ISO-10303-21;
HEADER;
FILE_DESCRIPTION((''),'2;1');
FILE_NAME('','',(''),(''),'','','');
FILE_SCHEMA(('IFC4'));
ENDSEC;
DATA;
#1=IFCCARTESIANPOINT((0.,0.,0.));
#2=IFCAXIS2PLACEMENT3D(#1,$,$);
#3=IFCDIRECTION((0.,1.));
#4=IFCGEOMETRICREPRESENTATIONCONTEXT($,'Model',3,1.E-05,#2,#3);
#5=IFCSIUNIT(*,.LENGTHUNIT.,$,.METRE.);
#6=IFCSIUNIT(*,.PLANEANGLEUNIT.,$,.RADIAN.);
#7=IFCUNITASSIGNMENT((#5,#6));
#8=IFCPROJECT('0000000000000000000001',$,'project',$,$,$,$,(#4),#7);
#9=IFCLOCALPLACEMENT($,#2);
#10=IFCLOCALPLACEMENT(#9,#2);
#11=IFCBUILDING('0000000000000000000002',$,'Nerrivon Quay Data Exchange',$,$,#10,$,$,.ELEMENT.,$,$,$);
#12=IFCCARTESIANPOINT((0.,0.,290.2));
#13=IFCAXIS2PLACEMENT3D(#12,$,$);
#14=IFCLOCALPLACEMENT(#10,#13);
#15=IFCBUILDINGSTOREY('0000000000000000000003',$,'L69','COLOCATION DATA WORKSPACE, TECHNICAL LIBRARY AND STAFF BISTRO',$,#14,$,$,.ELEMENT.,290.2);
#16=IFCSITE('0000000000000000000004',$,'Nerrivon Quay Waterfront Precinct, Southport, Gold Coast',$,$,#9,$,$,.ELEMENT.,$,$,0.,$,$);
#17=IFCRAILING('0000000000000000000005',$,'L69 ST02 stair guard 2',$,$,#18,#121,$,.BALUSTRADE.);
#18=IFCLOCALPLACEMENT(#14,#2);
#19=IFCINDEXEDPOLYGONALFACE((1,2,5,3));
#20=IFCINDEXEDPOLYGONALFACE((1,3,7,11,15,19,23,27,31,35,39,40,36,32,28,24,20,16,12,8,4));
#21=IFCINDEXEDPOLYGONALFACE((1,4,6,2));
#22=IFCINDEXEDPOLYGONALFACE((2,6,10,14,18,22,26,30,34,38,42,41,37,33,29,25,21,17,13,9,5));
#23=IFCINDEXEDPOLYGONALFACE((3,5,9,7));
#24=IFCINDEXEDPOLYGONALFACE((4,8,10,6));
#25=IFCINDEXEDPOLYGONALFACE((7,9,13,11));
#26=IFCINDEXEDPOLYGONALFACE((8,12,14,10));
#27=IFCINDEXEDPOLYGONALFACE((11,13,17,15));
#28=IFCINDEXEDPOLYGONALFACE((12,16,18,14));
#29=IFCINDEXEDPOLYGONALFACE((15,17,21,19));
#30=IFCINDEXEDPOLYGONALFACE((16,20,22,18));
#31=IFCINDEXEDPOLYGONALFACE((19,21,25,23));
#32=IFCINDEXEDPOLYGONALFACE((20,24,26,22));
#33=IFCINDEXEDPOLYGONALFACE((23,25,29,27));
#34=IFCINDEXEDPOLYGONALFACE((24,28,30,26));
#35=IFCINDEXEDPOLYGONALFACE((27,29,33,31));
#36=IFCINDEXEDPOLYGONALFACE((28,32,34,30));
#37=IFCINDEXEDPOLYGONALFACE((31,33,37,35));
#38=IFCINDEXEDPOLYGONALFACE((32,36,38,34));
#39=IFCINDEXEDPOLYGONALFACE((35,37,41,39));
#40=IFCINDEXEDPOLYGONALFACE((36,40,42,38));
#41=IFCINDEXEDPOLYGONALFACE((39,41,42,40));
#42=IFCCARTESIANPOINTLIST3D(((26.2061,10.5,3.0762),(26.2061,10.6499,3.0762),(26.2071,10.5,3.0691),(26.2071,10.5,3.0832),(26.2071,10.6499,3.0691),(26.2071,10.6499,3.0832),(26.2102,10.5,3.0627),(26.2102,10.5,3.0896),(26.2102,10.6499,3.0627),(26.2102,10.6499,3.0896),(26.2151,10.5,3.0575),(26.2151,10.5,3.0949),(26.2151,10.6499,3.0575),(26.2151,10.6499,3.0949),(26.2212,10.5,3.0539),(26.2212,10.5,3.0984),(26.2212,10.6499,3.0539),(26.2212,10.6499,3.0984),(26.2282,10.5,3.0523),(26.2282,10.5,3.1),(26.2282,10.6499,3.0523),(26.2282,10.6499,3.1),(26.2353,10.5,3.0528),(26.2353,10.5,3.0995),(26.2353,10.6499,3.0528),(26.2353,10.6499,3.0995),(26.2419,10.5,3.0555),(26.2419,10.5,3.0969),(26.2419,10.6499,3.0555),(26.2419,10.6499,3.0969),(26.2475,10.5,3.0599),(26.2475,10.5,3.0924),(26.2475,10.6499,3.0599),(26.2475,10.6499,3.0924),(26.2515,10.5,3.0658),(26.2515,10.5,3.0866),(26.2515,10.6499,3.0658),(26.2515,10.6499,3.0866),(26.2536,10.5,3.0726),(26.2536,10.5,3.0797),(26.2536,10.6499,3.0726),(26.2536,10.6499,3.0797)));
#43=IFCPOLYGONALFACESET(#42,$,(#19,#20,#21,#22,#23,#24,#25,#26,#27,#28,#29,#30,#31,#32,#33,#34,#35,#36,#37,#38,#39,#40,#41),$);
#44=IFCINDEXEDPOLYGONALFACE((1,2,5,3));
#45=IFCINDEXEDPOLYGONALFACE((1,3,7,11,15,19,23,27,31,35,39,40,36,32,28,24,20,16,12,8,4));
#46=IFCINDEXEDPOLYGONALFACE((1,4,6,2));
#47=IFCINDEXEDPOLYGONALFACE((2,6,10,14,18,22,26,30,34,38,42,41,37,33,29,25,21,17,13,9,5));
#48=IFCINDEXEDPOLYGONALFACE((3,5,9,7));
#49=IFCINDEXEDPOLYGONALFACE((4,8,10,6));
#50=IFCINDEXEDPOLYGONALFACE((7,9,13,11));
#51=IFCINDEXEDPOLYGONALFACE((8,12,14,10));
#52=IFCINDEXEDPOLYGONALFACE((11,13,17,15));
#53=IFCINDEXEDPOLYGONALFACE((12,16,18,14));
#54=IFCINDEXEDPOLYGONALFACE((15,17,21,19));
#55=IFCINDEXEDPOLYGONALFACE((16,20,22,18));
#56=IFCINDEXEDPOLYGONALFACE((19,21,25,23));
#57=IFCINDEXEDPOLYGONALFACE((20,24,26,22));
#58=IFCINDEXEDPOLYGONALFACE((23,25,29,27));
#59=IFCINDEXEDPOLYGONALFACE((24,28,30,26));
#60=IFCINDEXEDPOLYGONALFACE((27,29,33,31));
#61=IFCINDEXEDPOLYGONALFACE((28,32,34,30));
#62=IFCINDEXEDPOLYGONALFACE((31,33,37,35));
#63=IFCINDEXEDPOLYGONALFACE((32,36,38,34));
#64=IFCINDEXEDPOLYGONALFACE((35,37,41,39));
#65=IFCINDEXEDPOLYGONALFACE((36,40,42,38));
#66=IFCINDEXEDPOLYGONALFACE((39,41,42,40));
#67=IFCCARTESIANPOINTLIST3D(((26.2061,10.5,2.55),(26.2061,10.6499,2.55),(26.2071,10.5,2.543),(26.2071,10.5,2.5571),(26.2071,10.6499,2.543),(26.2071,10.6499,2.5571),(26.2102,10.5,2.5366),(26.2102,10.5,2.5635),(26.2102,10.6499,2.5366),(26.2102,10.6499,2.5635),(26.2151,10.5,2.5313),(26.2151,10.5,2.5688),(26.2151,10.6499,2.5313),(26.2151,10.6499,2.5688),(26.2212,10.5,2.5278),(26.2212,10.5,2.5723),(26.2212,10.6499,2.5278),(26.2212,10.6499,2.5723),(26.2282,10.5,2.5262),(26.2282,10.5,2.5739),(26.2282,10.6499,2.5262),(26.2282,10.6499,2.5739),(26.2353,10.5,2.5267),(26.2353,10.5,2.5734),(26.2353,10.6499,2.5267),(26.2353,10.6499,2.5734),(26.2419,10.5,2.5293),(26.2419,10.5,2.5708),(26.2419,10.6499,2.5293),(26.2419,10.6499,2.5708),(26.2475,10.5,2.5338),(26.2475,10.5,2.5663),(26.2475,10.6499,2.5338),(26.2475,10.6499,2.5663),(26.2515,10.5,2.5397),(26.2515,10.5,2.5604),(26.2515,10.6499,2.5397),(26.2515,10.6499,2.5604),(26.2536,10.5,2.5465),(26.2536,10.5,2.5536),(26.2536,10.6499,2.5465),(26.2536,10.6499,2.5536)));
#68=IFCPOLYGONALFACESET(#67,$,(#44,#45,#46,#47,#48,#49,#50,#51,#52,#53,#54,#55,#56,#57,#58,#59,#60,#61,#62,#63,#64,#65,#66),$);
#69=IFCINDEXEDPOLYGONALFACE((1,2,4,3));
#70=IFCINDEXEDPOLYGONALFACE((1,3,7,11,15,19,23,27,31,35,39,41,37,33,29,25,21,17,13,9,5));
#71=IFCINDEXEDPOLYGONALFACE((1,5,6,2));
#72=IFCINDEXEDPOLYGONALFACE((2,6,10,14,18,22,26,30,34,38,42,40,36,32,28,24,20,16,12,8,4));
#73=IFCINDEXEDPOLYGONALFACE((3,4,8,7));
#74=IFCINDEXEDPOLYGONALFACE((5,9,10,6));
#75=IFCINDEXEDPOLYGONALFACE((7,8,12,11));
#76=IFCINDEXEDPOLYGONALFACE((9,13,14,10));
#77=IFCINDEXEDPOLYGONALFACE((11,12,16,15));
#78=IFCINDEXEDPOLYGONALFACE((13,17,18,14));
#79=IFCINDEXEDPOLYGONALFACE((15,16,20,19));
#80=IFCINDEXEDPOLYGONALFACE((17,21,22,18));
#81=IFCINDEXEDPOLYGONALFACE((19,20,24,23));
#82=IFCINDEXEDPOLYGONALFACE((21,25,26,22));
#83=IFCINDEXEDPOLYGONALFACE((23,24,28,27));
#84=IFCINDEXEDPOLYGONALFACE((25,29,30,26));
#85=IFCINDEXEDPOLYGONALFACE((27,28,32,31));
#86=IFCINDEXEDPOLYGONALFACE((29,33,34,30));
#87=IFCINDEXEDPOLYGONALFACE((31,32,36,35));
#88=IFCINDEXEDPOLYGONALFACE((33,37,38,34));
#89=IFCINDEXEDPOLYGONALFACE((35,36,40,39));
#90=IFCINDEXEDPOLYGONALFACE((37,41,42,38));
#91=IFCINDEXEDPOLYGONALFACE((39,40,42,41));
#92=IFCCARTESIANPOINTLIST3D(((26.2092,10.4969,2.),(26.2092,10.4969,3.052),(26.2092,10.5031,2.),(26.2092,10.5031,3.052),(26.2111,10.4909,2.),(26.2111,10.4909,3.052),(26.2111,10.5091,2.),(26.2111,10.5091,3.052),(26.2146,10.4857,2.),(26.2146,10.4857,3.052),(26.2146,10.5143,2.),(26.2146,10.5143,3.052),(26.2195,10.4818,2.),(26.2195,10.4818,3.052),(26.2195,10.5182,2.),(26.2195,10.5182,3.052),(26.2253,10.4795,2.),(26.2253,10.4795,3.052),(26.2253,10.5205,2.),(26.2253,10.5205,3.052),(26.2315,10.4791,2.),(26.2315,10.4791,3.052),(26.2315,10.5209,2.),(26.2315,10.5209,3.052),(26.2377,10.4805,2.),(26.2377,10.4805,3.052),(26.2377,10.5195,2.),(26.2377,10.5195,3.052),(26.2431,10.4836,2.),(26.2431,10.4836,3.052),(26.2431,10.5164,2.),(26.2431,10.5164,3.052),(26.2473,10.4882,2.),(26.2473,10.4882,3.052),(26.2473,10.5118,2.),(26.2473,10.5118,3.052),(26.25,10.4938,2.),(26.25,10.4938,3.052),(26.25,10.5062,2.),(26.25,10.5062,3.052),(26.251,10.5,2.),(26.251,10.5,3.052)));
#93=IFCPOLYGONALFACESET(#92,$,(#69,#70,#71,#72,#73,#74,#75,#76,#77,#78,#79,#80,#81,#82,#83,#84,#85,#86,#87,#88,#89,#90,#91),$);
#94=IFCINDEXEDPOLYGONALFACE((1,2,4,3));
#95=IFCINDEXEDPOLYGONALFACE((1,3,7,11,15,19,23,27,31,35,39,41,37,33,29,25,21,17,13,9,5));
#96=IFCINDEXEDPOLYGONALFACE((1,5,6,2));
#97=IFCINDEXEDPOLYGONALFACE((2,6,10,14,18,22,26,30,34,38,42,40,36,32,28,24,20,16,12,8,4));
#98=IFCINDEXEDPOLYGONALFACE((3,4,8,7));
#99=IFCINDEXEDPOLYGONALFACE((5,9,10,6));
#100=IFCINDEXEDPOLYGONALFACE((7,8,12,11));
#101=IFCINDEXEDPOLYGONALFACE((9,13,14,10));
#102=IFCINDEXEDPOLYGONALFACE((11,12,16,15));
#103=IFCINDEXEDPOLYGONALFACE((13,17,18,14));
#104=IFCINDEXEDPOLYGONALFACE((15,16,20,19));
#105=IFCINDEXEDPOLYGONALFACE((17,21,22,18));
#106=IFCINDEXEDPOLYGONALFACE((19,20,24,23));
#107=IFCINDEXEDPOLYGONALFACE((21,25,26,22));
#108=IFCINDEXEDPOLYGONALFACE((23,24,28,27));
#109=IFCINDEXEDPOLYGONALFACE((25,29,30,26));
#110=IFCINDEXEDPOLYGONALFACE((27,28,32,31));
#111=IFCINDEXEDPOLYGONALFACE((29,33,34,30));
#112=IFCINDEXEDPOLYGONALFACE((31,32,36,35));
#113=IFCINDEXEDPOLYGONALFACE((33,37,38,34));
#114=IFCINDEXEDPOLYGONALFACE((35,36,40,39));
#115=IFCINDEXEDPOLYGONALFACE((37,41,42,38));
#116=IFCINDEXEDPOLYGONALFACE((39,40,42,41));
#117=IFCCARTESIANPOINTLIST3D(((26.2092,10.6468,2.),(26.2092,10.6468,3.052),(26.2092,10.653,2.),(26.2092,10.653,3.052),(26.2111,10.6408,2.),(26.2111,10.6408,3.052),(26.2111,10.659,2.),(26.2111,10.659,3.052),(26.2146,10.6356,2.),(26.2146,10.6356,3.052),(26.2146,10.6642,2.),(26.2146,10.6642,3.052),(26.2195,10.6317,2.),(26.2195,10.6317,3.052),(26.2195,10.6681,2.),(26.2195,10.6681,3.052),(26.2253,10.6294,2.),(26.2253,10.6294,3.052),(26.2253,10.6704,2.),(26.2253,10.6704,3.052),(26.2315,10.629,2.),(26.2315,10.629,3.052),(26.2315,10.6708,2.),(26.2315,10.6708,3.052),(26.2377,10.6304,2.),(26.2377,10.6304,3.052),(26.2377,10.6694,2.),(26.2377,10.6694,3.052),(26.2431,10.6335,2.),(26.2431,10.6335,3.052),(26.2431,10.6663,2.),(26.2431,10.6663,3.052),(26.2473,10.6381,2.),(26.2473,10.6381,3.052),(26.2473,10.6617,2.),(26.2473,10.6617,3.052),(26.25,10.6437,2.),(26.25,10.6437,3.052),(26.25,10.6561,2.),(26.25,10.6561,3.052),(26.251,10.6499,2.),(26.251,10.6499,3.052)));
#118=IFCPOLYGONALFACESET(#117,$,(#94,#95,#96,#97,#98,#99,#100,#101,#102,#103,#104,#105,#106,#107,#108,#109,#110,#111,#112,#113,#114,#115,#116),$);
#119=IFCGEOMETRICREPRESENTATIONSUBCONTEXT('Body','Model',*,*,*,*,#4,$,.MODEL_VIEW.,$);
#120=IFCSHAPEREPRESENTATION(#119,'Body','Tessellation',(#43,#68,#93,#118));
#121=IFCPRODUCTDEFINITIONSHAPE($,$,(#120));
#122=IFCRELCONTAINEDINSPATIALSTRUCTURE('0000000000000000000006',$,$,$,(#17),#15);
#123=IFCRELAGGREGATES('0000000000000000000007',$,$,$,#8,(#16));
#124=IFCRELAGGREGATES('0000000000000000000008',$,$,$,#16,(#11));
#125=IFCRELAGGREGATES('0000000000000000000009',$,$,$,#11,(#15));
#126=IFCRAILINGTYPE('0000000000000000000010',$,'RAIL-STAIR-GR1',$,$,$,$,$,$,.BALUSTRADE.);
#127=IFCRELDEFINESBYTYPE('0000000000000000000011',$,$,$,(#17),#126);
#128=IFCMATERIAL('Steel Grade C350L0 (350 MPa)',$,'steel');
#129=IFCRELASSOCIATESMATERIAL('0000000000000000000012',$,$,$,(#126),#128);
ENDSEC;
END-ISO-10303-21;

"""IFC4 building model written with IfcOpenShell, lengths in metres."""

from ifc_helpers import new_model, si_unit, direction, frame, origin, origin_2d, place, context, subcontext, project, spatial, circle, extrude, material, type_object, element, save


model = new_model("IFC4")

# Units and contexts
model_context = context("Model", 3, precision=1e-05, world=origin(), true_north=direction((0.0, 1.0)))
body_context = subcontext(model_context, "Body", "Model", "MODEL_VIEW")
ifc_project = project(units=[si_unit("LENGTHUNIT", "METRE"), si_unit("PLANEANGLEUNIT", "RADIAN")], contexts=[model_context])

# Site, building, storey
site_placement = place(None, origin())
site = spatial("IfcSite", under=ifc_project, at=site_placement, Name="Nerrivon Quay Waterfront Precinct, Southport, Gold Coast", CompositionType="ELEMENT", RefElevation=0.0)
building_placement = place(site_placement, origin())
building = spatial("IfcBuilding", under=site, at=building_placement, Name="Nerrivon Quay Data Exchange", CompositionType="ELEMENT")
storey_placement = place(building_placement, frame((0.0, 0.0, 290.2)))
storey = spatial("IfcBuildingStorey", under=building, at=storey_placement, Name="L69", Description="COLOCATION DATA WORKSPACE, TECHNICAL LIBRARY AND STAFF BISTRO", CompositionType="ELEMENT", Elevation=290.2)

# Shared definitions
ifc_material_1 = material(Name="Steel Grade C350L0 (350 MPa)", Category="steel")

# Railing
railing_type_1 = type_object("IfcRailingType", Name="RAIL-STAIR-GR1", PredefinedType="BALUSTRADE", material=ifc_material_1)
railing_1_placement = place(storey_placement, frame((26.23, 10.5, 2.0)))
element("IfcRailing", 1, at=railing_1_placement, inside=storey, type_object=railing_type_1, Name="L69 ST02 stair guard 2", PredefinedType="BALUSTRADE", context=body_context, shape_type="SweptSolid", body=[
    extrude(circle(Radius=0.0239, at=origin_2d()), frame((0.0, 0.0, 1.0762), z_axis=(0.0, 1.0, 0.0), x_axis=(-1.0, 0.0, 0.0)), (0.0, 0.0, 1.0), 0.1499),
    extrude(circle(Radius=0.0239, at=origin_2d()), frame((0.0, 0.0, 0.55), z_axis=(0.0, 1.0, 0.0), x_axis=(-1.0, 0.0, 0.0)), (0.0, 0.0, 1.0), 0.1499),
    extrude(circle(Radius=0.021, at=origin_2d()), origin(), (0.0, 0.0, 1.0), 1.052),
    extrude(circle(Radius=0.021, at=origin_2d()), frame((0.0, 0.1499, 0.0)), (0.0, 0.0, 1.0), 1.052),
])

save(model, "model.ifc")
